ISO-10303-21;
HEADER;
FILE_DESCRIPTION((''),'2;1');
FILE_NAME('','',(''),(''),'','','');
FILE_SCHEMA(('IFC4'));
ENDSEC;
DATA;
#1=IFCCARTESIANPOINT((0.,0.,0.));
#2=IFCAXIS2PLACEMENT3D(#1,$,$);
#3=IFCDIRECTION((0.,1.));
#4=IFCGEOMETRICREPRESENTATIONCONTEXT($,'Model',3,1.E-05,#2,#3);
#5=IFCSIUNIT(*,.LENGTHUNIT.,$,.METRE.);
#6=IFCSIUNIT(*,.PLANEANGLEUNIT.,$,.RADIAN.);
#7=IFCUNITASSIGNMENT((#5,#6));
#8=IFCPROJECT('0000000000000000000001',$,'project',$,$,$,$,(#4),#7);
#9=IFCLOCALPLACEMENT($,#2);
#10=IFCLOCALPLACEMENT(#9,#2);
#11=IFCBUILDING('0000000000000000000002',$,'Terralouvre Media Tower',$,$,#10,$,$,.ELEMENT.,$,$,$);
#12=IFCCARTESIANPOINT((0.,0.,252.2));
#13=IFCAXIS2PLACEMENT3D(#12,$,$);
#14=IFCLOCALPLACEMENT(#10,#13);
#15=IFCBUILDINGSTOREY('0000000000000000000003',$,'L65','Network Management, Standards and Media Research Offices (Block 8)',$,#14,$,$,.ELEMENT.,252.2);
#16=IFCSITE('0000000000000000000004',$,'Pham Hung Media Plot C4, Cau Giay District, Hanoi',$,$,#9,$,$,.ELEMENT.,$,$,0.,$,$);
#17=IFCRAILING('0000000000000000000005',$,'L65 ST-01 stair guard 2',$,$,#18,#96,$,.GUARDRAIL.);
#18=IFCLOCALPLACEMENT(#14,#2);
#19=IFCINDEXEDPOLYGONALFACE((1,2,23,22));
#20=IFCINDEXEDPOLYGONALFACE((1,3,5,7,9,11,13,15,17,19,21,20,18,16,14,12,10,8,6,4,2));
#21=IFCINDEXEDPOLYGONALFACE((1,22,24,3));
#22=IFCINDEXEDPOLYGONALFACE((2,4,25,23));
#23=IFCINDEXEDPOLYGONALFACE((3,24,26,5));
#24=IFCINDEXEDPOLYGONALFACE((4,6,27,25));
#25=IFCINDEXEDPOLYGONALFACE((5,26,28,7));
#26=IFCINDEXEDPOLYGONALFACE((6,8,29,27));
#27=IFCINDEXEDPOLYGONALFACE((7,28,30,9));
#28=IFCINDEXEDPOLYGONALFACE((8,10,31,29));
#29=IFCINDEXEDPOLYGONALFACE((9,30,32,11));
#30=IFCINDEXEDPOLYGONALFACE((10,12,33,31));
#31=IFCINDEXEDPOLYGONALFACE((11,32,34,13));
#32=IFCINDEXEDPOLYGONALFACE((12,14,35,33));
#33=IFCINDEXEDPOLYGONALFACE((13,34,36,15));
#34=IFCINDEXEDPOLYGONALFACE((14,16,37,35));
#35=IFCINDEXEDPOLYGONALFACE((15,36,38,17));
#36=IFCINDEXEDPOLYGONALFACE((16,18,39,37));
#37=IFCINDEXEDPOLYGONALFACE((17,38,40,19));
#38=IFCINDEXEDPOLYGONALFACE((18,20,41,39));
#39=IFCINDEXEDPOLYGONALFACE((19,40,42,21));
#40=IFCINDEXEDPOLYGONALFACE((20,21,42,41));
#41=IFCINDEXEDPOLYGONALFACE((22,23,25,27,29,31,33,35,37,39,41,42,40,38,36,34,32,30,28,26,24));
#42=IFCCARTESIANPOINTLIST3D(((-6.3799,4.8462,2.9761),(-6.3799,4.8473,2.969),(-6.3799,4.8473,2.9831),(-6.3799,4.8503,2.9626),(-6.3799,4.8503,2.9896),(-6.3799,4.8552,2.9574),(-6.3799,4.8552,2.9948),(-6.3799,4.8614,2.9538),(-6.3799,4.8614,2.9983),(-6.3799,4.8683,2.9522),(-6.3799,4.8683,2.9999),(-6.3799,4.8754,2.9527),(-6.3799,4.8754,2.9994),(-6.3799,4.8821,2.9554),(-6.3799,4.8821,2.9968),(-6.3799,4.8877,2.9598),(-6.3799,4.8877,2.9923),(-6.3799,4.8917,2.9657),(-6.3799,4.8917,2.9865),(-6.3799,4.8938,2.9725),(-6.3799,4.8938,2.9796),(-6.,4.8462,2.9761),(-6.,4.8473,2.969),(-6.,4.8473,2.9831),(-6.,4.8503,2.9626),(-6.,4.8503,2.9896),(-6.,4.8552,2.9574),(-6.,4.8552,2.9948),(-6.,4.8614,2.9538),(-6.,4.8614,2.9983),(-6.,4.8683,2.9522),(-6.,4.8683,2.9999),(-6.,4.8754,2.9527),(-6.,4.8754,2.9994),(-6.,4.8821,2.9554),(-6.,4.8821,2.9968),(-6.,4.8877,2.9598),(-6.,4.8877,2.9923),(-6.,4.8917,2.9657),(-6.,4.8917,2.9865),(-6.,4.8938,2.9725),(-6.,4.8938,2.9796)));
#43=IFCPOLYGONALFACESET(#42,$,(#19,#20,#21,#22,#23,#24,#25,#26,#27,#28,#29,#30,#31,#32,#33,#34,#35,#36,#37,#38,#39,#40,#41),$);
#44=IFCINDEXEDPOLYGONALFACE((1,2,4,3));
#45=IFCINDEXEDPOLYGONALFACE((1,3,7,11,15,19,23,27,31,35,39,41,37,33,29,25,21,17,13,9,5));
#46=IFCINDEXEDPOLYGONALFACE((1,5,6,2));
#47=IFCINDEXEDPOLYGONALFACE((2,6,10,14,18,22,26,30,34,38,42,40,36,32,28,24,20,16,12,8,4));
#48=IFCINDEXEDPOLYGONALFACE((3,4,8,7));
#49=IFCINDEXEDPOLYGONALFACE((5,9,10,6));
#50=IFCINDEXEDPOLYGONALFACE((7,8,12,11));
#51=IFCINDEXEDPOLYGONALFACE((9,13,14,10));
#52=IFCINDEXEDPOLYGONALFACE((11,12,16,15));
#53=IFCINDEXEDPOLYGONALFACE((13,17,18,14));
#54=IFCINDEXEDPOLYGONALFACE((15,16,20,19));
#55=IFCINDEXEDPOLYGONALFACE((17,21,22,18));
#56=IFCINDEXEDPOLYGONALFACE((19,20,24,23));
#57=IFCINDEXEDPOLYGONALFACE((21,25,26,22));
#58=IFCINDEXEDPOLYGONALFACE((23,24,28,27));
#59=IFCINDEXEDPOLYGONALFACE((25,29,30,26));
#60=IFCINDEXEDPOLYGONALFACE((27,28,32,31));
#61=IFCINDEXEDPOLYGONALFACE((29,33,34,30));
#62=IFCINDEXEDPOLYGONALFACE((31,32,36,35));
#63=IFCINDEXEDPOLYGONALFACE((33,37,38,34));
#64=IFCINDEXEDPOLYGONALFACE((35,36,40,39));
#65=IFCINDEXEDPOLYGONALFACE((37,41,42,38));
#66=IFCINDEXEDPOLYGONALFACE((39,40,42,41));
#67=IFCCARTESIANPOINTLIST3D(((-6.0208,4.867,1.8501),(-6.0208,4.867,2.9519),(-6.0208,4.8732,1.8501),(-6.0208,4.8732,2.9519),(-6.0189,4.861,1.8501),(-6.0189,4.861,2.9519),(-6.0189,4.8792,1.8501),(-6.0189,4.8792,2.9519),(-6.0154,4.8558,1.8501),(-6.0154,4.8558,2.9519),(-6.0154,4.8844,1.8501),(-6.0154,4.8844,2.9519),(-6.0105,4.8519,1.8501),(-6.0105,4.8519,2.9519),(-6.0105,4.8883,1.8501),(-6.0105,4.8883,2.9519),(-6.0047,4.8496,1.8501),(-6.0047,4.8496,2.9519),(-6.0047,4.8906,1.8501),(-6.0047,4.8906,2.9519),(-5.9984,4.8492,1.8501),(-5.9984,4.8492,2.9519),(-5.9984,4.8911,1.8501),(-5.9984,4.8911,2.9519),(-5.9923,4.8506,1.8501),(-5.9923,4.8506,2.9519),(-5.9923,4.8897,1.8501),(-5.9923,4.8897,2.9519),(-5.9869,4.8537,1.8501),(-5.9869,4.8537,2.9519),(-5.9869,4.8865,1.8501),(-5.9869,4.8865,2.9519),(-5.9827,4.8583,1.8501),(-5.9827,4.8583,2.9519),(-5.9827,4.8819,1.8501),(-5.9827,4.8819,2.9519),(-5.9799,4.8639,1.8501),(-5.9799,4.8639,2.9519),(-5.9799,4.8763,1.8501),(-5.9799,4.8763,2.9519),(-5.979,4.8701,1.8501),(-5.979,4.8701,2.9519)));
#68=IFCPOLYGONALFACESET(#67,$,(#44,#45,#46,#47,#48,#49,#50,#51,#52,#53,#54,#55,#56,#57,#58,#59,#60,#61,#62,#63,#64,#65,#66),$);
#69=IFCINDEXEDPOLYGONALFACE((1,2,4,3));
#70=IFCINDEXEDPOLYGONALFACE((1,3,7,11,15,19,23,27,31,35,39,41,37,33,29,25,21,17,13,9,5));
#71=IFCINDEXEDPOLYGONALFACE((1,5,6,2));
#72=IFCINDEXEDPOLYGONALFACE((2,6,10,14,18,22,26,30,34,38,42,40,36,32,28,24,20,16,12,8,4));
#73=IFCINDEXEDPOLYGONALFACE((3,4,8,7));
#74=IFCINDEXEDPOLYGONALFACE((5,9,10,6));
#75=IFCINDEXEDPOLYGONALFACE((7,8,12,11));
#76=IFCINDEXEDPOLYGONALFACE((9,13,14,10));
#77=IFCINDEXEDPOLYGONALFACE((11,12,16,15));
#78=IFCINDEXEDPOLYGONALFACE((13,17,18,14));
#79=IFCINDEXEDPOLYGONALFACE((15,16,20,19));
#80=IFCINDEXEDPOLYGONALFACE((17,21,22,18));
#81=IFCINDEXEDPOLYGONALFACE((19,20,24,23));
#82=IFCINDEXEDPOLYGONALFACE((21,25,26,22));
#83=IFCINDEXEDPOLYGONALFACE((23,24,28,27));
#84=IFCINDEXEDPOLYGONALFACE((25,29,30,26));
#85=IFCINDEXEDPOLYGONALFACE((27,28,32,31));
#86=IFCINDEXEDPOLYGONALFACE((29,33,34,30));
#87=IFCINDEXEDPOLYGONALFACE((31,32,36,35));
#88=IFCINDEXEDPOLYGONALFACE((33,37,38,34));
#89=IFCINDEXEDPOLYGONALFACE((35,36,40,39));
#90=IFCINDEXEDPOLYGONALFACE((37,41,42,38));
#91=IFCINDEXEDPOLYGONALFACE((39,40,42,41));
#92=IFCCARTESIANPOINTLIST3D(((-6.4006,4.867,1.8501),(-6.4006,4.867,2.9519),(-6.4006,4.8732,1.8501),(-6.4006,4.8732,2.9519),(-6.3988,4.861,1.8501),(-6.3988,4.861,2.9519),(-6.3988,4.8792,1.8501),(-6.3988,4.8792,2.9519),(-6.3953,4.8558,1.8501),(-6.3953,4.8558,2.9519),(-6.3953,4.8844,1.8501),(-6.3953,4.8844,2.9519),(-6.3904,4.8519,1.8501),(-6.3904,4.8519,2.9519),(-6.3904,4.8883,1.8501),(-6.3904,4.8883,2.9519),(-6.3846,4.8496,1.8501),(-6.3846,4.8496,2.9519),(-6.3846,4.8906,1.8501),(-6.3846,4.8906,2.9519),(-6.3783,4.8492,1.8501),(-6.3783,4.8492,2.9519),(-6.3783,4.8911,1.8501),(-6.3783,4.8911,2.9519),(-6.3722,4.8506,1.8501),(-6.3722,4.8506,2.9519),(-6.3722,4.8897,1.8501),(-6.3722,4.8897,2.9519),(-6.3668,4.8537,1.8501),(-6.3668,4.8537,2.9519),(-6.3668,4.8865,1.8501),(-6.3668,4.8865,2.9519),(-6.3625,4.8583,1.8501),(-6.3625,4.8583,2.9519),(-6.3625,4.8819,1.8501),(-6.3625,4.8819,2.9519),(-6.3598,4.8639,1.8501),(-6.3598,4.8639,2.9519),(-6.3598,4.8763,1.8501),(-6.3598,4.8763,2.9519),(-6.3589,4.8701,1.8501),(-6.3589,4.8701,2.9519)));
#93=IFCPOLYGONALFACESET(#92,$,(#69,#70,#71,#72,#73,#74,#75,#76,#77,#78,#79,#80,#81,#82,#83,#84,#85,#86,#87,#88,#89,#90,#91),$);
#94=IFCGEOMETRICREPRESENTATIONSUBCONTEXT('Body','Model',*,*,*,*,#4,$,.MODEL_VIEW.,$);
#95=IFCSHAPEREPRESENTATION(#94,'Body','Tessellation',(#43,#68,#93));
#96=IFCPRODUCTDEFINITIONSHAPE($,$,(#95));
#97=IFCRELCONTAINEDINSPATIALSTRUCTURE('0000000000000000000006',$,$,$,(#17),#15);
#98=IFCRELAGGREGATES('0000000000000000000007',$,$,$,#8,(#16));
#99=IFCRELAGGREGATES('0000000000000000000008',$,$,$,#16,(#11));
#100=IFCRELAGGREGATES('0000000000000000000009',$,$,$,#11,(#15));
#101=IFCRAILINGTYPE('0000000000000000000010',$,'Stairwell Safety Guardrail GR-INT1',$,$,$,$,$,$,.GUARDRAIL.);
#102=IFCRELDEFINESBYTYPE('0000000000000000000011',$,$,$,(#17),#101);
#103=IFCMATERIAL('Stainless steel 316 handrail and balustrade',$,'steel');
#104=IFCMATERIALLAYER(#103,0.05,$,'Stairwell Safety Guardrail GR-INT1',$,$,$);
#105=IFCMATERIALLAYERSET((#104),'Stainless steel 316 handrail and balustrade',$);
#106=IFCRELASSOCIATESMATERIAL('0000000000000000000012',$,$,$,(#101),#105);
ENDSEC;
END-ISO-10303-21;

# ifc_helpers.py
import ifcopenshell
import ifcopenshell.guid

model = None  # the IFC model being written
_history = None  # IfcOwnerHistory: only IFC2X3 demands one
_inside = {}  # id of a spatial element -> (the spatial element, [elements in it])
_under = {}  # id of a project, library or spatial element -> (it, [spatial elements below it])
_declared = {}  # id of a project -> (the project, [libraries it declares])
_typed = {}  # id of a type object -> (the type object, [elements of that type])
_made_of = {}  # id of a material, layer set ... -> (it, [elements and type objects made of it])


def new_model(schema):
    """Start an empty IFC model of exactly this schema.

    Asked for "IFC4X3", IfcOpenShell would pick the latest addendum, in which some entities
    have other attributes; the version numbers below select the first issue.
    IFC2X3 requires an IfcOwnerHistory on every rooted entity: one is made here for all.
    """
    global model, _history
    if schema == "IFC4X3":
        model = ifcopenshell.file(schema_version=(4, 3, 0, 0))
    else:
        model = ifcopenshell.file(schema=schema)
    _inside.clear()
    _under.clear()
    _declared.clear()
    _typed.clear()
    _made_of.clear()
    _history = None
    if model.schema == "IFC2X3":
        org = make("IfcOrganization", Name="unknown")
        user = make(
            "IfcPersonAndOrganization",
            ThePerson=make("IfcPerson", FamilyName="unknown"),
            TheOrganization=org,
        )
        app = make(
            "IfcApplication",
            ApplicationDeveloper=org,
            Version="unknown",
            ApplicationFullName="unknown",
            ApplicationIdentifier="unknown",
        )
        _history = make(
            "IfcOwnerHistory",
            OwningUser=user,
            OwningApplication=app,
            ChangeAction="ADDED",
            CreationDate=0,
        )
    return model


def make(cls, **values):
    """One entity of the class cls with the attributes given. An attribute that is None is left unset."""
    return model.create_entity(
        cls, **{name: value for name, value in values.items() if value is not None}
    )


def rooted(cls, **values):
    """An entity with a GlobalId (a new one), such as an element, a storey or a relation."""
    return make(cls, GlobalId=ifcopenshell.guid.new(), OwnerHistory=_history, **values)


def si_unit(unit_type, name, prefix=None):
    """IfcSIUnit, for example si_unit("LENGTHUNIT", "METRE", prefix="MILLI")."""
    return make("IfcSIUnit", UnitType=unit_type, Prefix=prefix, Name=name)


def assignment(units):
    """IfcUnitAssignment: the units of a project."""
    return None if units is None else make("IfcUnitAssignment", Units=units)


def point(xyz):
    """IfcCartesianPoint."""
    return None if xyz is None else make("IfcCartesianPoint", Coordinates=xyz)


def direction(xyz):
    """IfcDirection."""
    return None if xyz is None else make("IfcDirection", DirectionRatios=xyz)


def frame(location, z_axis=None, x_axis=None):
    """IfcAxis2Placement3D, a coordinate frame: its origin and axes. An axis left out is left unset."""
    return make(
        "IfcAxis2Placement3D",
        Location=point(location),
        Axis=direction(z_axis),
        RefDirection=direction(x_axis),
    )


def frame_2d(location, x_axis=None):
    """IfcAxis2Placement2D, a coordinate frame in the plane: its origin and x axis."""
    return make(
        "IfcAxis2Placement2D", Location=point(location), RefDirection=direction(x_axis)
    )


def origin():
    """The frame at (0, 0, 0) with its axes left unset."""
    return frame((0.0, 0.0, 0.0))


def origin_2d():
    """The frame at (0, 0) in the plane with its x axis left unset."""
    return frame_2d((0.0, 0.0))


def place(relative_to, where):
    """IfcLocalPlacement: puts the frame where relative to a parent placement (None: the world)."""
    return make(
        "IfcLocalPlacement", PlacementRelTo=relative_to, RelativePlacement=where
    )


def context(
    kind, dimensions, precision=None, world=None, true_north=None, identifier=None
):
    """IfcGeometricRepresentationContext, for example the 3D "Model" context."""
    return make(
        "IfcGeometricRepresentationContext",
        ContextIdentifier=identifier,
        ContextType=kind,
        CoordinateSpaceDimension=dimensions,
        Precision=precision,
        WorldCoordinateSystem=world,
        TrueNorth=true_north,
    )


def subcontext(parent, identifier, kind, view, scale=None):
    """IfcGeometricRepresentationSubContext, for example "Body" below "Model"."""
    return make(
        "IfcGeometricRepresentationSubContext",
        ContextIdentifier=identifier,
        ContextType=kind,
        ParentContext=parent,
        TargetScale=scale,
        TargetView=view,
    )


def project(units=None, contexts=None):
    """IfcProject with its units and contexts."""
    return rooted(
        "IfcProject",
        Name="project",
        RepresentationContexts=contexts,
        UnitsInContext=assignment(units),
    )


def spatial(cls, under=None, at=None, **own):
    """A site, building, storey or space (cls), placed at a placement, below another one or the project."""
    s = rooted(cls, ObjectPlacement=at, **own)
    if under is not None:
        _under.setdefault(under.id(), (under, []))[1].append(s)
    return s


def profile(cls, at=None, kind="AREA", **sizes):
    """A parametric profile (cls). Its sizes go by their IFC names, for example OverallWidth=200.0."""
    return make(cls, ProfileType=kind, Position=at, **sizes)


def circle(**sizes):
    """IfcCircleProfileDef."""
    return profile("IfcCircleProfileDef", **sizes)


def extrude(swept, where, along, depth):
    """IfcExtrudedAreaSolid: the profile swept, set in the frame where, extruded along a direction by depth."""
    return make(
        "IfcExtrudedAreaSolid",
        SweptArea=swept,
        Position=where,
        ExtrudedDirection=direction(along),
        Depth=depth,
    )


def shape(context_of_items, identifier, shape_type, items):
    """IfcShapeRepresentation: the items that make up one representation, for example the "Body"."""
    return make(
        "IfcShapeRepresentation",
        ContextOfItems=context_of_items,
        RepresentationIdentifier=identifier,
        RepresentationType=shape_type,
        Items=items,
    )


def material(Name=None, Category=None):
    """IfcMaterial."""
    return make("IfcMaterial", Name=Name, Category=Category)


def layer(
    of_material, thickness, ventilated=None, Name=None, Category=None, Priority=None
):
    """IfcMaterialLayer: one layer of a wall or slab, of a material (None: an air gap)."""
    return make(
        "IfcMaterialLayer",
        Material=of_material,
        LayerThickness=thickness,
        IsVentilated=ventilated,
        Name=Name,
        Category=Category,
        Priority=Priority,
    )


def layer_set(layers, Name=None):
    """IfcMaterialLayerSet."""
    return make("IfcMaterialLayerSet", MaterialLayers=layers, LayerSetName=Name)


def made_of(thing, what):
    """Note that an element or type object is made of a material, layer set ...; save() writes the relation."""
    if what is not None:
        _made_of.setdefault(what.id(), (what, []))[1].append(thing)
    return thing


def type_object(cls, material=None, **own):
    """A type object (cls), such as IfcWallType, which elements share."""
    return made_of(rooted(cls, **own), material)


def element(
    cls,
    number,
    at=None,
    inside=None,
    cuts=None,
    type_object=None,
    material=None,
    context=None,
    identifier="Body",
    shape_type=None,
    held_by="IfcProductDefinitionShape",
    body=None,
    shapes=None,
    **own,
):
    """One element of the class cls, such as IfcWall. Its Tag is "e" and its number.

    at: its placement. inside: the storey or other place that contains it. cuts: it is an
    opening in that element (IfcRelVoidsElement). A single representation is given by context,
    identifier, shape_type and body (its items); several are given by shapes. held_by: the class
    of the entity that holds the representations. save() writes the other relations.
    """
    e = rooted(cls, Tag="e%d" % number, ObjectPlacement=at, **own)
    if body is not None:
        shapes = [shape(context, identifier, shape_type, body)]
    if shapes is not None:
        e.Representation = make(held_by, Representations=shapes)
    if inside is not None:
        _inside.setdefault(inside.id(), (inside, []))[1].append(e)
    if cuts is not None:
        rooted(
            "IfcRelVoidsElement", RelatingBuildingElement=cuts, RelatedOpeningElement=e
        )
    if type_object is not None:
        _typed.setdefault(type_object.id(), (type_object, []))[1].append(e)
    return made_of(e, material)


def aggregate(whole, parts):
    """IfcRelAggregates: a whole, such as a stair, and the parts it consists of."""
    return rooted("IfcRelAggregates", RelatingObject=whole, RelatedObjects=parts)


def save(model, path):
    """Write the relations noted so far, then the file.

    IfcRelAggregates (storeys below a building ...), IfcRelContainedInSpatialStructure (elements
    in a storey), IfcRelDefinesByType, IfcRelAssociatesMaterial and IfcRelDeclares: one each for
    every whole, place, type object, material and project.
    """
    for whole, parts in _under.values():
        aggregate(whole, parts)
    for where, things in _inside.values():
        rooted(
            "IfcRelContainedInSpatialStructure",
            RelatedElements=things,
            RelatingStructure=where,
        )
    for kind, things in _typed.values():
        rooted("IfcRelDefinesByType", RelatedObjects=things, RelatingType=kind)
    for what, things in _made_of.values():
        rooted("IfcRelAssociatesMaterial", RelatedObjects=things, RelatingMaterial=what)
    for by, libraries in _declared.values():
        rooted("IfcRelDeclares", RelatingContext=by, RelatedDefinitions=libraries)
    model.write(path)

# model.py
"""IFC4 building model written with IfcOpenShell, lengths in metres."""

from ifc_helpers import new_model, si_unit, direction, frame, origin, origin_2d, place, context, subcontext, project, spatial, circle, extrude, material, layer, layer_set, type_object, element, save


model = new_model("IFC4")

# Units and contexts
model_context = context("Model", 3, precision=1e-05, world=origin(), true_north=direction((0.0, 1.0)))
body_context = subcontext(model_context, "Body", "Model", "MODEL_VIEW")
ifc_project = project(units=[si_unit("LENGTHUNIT", "METRE"), si_unit("PLANEANGLEUNIT", "RADIAN")], contexts=[model_context])

# Site, building, storey
site_placement = place(None, origin())
site = spatial("IfcSite", under=ifc_project, at=site_placement, Name="Pham Hung Media Plot C4, Cau Giay District, Hanoi", CompositionType="ELEMENT", RefElevation=0.0)
building_placement = place(site_placement, origin())
building = spatial("IfcBuilding", under=site, at=building_placement, Name="Terralouvre Media Tower", CompositionType="ELEMENT")
storey_placement = place(building_placement, frame((0.0, 0.0, 252.2)))
storey = spatial("IfcBuildingStorey", under=building, at=storey_placement, Name="L65", Description="Network Management, Standards and Media Research Offices (Block 8)", CompositionType="ELEMENT", Elevation=252.2)

# Railing
ifc_material_1 = material(Name="Stainless steel 316 handrail and balustrade", Category="steel")
ifc_layer_1 = layer(ifc_material_1, 0.05, Name="Stairwell Safety Guardrail GR-INT1")
ifc_layer_set_1 = layer_set([ifc_layer_1], Name="Stainless steel 316 handrail and balustrade")
railing_type_1 = type_object("IfcRailingType", Name="Stairwell Safety Guardrail GR-INT1", PredefinedType="GUARDRAIL", material=ifc_layer_set_1)
railing_1_placement = place(storey_placement, frame((-6.0, 4.8701, 1.8501)))
element("IfcRailing", 1, at=railing_1_placement, inside=storey, type_object=railing_type_1, Name="L65 ST-01 stair guard 2", PredefinedType="GUARDRAIL", context=body_context, shape_type="SweptSolid", body=[
    extrude(circle(Radius=0.0239, at=origin_2d()), frame((0.0, 0.0, 1.126), z_axis=(-1.0, 0.0, 0.0), x_axis=(0.0, -1.0, 0.0)), (0.0, 0.0, 1.0), 0.3799),
    extrude(circle(Radius=0.021, at=origin_2d()), origin(), (0.0, 0.0, 1.0), 1.1018),
    extrude(circle(Radius=0.021, at=origin_2d()), frame((-0.3799, 0.0, 0.0)), (0.0, 0.0, 1.0), 1.1018),
])

save(model, "model.ifc")
